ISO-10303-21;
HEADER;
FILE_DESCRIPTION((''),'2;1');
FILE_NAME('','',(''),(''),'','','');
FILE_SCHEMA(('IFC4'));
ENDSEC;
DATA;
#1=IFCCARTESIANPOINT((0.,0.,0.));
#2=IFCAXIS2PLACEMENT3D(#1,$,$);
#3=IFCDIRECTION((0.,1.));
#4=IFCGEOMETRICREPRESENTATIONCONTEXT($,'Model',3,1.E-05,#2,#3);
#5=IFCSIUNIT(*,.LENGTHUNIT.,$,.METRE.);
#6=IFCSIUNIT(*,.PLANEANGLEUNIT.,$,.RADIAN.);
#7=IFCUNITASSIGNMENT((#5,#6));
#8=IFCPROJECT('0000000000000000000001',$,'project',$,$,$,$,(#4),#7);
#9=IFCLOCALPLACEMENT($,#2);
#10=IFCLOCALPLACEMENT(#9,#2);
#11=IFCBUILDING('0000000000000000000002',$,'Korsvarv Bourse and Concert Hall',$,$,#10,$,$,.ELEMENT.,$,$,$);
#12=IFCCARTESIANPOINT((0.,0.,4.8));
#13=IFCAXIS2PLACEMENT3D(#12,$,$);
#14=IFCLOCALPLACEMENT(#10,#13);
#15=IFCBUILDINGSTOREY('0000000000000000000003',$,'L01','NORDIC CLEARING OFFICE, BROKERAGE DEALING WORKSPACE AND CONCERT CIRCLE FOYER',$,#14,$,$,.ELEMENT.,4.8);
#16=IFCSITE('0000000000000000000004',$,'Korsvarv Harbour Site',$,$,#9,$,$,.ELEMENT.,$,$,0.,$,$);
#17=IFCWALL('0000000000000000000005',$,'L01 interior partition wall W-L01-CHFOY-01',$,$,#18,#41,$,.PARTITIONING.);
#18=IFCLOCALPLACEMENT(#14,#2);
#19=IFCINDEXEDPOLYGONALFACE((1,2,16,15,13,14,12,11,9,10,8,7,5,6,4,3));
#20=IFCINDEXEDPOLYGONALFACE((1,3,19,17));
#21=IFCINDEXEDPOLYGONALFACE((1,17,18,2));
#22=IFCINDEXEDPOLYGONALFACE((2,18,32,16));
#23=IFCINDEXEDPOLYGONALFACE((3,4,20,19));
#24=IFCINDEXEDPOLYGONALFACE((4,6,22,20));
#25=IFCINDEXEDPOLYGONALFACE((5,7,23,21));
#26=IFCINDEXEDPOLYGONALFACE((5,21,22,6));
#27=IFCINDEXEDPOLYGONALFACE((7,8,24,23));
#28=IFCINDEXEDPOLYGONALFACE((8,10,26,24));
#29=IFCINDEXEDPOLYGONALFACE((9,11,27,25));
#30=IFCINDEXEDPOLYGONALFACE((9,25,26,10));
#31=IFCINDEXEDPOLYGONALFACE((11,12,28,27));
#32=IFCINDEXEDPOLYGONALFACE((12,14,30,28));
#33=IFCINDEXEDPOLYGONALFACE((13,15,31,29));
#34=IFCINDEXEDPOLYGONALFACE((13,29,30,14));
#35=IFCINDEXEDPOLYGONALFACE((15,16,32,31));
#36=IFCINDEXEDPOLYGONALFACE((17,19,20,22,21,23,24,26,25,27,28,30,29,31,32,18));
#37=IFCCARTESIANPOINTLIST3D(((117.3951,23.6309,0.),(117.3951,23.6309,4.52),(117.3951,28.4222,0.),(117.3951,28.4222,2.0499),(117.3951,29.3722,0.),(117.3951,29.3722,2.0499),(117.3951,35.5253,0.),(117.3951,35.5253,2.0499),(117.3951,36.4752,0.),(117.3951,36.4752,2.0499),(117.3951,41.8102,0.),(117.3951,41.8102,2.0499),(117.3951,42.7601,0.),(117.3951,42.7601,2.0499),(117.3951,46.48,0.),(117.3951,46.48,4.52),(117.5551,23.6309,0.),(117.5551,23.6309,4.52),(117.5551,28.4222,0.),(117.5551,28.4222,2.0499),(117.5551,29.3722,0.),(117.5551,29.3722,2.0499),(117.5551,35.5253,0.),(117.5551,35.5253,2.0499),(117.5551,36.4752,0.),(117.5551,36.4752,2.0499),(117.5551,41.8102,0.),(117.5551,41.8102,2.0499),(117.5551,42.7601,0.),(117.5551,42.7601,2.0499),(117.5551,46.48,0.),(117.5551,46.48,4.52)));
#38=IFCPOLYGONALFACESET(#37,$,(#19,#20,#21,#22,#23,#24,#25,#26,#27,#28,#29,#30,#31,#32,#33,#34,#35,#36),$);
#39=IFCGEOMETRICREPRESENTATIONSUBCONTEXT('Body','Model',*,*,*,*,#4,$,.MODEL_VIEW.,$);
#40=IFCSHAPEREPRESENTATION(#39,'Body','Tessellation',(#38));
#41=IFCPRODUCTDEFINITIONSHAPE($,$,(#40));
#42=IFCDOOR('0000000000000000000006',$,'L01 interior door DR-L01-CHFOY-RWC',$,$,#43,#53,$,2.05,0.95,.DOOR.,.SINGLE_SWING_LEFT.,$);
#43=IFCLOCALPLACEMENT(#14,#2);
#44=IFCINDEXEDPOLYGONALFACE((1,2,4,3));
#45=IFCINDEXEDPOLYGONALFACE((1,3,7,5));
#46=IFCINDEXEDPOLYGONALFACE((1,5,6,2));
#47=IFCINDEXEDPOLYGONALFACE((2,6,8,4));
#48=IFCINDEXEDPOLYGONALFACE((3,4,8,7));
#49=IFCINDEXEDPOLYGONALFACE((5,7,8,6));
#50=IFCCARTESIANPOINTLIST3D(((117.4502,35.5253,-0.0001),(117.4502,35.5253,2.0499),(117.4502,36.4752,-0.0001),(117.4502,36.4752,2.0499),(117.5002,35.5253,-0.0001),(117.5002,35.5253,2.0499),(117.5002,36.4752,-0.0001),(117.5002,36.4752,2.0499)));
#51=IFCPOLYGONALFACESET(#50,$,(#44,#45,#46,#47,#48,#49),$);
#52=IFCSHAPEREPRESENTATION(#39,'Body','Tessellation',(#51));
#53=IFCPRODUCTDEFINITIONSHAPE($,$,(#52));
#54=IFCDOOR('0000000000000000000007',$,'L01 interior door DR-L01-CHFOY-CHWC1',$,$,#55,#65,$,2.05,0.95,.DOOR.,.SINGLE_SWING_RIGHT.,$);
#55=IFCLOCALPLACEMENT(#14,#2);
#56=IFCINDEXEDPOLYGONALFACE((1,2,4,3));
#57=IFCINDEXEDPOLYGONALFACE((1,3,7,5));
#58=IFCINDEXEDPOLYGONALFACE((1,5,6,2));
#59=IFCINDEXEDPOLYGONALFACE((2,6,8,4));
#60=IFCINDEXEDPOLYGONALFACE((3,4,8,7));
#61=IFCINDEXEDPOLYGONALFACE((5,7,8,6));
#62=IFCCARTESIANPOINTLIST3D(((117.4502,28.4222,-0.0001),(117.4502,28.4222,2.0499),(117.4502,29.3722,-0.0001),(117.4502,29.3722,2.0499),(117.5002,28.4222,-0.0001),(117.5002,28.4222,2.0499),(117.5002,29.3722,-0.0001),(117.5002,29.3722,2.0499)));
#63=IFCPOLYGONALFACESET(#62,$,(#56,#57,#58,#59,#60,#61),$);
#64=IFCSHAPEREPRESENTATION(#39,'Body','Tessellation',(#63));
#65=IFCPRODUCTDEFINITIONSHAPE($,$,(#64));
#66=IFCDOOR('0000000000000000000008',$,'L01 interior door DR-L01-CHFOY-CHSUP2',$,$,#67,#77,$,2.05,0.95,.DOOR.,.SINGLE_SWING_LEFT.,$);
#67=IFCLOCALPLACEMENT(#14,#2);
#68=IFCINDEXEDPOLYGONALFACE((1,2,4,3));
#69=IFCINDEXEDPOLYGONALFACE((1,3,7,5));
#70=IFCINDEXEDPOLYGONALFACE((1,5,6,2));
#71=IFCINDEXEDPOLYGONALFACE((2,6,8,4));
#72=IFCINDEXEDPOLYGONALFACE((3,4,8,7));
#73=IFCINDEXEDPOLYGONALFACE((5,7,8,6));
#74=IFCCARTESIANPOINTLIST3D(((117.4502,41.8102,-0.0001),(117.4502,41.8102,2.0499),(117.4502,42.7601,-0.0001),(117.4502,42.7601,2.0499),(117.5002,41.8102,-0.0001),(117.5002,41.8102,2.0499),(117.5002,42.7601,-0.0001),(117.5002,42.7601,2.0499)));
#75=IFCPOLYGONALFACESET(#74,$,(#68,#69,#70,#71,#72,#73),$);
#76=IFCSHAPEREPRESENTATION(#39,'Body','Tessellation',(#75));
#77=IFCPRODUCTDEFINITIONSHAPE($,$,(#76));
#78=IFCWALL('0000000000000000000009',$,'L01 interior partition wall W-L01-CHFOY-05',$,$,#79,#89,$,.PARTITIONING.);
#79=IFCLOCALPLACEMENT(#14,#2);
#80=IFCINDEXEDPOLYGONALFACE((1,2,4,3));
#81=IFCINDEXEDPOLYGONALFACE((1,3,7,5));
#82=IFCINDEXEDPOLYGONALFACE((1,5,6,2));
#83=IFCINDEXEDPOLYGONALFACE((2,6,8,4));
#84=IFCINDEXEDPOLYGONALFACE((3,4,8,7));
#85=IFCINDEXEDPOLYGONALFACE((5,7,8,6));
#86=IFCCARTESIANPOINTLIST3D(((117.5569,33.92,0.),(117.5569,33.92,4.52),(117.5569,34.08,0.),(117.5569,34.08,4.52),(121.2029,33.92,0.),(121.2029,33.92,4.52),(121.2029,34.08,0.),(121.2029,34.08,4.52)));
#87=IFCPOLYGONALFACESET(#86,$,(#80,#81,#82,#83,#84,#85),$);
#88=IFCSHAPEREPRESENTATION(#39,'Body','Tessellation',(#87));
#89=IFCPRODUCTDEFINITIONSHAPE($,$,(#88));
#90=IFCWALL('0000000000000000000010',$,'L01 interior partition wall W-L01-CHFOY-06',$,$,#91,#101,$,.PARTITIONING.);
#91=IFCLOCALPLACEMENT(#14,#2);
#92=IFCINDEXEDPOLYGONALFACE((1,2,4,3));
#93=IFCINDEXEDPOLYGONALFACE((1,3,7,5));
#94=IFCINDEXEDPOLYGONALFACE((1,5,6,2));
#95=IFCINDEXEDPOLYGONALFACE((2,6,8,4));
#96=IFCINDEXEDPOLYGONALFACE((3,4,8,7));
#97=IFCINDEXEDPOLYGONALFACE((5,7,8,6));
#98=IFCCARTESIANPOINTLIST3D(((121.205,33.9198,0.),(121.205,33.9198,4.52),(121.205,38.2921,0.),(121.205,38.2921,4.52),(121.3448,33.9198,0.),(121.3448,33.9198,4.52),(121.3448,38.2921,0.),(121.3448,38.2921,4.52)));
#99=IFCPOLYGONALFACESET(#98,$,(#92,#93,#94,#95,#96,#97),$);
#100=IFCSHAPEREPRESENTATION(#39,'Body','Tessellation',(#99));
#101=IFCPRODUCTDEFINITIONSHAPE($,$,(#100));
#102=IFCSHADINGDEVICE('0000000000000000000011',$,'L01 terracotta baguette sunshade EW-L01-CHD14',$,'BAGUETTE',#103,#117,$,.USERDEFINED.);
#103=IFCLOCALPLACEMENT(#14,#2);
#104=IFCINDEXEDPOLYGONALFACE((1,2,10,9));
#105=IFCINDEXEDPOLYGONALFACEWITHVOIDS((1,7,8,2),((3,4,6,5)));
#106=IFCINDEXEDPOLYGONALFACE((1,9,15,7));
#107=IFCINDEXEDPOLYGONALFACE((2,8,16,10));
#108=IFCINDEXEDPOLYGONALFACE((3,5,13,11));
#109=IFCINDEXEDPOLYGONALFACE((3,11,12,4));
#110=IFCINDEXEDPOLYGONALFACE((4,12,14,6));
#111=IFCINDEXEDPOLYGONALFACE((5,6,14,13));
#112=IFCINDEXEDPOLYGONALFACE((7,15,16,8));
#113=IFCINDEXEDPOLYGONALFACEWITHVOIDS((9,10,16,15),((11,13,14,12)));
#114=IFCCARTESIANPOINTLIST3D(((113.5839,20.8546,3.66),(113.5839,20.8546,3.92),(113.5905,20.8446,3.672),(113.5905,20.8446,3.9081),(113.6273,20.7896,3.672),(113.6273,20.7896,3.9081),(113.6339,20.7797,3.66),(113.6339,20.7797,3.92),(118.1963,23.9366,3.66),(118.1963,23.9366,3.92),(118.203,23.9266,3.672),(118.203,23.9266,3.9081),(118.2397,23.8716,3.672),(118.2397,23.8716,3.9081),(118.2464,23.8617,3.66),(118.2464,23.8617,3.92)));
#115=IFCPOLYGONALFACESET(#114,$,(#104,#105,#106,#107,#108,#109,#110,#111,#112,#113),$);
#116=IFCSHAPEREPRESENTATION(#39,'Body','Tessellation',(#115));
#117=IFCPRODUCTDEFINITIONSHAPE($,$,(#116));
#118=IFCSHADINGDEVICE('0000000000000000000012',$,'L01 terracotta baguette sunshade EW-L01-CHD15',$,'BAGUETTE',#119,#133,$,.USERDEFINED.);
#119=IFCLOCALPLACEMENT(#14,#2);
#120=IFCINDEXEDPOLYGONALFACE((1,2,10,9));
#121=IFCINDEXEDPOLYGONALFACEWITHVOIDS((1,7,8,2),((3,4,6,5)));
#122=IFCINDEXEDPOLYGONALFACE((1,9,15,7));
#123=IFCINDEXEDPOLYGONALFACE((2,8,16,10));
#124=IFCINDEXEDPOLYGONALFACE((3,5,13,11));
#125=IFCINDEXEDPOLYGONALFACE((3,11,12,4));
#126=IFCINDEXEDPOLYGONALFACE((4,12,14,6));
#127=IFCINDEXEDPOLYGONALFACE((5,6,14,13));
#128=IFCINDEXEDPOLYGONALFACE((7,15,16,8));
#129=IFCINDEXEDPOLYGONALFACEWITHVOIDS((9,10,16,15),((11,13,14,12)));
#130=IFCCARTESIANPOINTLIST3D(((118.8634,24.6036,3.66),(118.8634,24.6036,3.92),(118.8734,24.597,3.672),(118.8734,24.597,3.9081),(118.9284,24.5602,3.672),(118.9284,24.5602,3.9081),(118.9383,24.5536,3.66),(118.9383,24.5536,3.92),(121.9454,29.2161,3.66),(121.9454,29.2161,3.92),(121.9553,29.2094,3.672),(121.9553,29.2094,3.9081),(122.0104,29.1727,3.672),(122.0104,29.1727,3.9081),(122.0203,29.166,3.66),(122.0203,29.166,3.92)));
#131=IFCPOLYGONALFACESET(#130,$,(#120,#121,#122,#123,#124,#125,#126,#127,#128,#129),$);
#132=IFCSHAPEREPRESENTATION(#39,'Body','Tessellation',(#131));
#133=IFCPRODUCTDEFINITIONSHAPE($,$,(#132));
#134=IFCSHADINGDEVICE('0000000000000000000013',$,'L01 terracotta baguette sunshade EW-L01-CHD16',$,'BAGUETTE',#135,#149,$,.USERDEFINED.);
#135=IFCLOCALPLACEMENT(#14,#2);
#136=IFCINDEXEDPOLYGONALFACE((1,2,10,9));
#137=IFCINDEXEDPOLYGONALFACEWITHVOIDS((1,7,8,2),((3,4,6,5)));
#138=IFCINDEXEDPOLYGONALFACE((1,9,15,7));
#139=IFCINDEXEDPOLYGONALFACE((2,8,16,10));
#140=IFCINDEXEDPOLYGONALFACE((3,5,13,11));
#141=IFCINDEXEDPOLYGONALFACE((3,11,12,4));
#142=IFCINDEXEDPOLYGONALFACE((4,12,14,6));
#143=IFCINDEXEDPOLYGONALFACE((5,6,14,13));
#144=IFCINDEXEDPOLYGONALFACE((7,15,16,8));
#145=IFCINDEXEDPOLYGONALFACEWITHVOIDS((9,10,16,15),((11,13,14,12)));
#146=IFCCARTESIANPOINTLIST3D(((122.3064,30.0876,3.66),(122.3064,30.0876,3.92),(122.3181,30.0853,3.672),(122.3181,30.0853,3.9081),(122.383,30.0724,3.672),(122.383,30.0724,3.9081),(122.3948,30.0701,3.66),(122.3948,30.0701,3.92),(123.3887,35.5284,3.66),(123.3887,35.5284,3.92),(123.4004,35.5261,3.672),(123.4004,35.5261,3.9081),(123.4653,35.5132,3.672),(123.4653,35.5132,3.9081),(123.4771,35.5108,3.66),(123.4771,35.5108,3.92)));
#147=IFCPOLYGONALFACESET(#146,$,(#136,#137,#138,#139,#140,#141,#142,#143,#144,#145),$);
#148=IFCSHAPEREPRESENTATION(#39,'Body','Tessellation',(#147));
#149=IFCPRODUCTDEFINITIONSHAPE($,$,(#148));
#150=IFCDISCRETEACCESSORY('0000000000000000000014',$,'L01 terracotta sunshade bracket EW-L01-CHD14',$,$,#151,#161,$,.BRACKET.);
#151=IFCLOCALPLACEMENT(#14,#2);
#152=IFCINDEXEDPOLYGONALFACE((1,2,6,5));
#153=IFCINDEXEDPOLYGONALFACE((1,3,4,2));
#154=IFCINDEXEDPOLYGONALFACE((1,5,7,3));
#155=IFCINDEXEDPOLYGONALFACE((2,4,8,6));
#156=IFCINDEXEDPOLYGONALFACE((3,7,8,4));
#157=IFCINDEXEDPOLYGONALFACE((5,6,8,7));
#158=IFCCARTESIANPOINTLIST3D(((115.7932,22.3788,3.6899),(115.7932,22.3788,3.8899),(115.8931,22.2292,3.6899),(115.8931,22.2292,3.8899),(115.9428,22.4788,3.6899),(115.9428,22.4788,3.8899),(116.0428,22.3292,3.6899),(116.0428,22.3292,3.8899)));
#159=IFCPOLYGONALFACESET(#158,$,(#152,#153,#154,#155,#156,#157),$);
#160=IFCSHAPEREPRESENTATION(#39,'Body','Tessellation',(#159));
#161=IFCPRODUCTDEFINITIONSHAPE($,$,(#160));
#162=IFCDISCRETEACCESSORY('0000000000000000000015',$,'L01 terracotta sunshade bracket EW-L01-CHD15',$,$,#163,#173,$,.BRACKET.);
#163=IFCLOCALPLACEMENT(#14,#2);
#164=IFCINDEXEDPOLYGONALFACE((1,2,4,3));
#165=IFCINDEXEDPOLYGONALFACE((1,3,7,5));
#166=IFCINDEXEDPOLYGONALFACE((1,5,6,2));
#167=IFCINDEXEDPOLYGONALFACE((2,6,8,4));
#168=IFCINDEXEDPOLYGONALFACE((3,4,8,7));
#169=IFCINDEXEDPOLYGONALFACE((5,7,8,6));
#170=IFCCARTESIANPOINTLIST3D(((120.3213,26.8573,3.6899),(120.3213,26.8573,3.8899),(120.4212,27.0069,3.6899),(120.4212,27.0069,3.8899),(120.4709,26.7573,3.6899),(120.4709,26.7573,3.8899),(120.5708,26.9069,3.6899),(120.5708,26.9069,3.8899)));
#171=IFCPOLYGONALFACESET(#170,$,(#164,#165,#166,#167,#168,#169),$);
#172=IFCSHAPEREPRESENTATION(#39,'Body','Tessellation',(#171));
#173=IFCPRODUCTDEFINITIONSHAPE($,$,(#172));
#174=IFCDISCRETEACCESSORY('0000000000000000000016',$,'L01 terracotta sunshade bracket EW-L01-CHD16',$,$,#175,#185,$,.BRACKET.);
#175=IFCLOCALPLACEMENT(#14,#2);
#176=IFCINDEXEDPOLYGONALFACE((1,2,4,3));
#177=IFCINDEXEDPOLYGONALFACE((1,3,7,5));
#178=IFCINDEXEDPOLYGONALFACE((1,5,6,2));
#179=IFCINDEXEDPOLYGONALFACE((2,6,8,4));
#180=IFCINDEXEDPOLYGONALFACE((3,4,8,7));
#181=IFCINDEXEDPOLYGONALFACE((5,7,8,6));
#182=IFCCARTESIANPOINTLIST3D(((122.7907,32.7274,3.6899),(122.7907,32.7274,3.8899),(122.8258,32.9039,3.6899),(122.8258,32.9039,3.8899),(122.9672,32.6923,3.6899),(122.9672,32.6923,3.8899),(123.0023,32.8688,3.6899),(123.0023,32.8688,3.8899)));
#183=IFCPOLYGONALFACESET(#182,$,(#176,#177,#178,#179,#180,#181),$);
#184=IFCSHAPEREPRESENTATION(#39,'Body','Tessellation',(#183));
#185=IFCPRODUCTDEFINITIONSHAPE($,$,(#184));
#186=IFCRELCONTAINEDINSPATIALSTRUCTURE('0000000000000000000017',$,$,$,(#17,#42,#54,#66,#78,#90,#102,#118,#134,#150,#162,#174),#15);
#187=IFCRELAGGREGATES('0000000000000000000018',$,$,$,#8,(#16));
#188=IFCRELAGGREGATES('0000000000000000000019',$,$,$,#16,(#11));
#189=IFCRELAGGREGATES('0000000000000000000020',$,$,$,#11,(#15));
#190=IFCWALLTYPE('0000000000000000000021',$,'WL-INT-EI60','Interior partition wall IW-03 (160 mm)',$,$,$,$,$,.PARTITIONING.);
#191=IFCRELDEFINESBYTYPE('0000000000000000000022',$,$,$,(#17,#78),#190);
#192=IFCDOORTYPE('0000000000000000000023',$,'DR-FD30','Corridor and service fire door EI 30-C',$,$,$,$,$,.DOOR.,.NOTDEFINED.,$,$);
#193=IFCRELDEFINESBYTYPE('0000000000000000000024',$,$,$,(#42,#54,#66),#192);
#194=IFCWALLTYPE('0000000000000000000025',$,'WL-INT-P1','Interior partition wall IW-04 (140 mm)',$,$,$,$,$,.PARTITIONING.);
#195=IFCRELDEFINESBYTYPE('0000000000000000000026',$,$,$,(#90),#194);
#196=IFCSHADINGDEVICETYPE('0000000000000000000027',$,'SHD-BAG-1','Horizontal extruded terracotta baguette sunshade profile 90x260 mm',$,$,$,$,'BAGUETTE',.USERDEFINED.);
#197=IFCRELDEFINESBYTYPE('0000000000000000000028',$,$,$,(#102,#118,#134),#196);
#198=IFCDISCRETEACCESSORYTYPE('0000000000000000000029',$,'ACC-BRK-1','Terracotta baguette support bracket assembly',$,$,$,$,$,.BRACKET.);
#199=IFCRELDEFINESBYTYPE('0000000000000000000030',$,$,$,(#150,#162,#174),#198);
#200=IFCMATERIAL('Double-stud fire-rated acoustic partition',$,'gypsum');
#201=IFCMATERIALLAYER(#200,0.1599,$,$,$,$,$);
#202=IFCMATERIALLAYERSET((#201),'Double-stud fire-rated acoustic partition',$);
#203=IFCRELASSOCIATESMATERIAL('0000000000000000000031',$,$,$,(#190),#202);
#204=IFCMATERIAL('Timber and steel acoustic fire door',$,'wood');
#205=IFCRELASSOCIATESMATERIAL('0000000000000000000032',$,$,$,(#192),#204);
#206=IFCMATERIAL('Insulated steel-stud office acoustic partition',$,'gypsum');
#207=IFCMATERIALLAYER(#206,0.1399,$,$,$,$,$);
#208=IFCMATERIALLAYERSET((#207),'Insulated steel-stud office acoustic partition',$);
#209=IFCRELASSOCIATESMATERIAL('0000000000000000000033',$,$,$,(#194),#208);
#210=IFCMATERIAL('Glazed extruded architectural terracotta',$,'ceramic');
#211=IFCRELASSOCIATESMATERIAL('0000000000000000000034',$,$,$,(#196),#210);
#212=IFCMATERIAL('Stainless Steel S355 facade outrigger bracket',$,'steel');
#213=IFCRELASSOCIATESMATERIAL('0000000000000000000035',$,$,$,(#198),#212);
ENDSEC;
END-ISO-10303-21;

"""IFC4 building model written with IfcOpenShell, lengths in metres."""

from ifc_helpers import new_model, si_unit, direction, frame, frame_2d, origin, origin_2d, place, context, subcontext, project, spatial, rectangle, hollow_rectangle, extrude, source, transform, mapped, material, layer, layer_set, material_profile, profile_set, type_object, element, fill, save


model = new_model("IFC4")

# Units and contexts
model_context = context("Model", 3, precision=1e-05, world=origin(), true_north=direction((0.0, 1.0)))
body_context = subcontext(model_context, "Body", "Model", "MODEL_VIEW")
ifc_project = project(units=[si_unit("LENGTHUNIT", "METRE"), si_unit("PLANEANGLEUNIT", "RADIAN")], contexts=[model_context])

# Site, building, storey
site_placement = place(None, origin())
site = spatial("IfcSite", under=ifc_project, at=site_placement, Name="Korsvarv Harbour Site", CompositionType="ELEMENT", RefElevation=0.0)
building_placement = place(site_placement, origin())
building = spatial("IfcBuilding", under=site, at=building_placement, Name="Korsvarv Bourse and Concert Hall", CompositionType="ELEMENT")
storey_placement = place(building_placement, frame((0.0, 0.0, 4.8)))
storey = spatial("IfcBuildingStorey", under=building, at=storey_placement, Name="L01", Description="NORDIC CLEARING OFFICE, BROKERAGE DEALING WORKSPACE AND CONCERT CIRCLE FOYER", CompositionType="ELEMENT", Elevation=4.8)

# Wall, openings, doors
ifc_material_1 = material(Name="Double-stud fire-rated acoustic partition", Category="gypsum")
ifc_layer_1 = layer(ifc_material_1, 0.1599)
ifc_layer_set_1 = layer_set([ifc_layer_1], Name="Double-stud fire-rated acoustic partition")
wall_type_1 = type_object("IfcWallType", Name="WL-INT-EI60", Description="Interior partition wall IW-03 (160 mm)", PredefinedType="PARTITIONING", material=ifc_layer_set_1)
wall_1_placement = place(storey_placement, frame((117.4751, 23.6309, 0.0), z_axis=(0.0, 0.0, 1.0), x_axis=(0.0, 1.0, 0.0)))
wall_1 = element("IfcWall", 1, at=wall_1_placement, inside=storey, type_object=wall_type_1, Name="L01 interior partition wall W-L01-CHFOY-01", PredefinedType="PARTITIONING", context=body_context, shape_type="SweptSolid", body=[
    extrude(rectangle(XDim=22.8491, YDim=0.1599, at=frame_2d((11.4246, 0.0))), origin(), (0.0, 0.0, 1.0), 4.52),
])
opening_1_placement = place(wall_1_placement, frame((11.8943, 0.0, 0.0)))
opening_1 = element("IfcOpeningElement", 2, at=opening_1_placement, cuts=wall_1, PredefinedType="OPENING", context=body_context, shape_type="SweptSolid", body=[
    extrude(rectangle(XDim=0.95, YDim=2.05, at=frame_2d((0.4751, 1.0249))), frame((0.0, 0.0898, 0.0), z_axis=(0.0, -1.0, 0.0), x_axis=(1.0, 0.0, 0.0)), (0.0, 0.0, 1.0), 0.1799),
])
opening_2_placement = place(wall_1_placement, frame((4.7913, 0.0, 0.0)))
opening_2 = element("IfcOpeningElement", 3, at=opening_2_placement, cuts=wall_1, PredefinedType="OPENING", context=body_context, shape_type="SweptSolid", body=[
    extrude(rectangle(XDim=0.95, YDim=2.05, at=frame_2d((0.4751, 1.0249))), frame((0.0, 0.0898, 0.0), z_axis=(0.0, -1.0, 0.0), x_axis=(1.0, 0.0, 0.0)), (0.0, 0.0, 1.0), 0.1799),
])
opening_3_placement = place(wall_1_placement, frame((18.1792, 0.0, 0.0)))
opening_3 = element("IfcOpeningElement", 4, at=opening_3_placement, cuts=wall_1, PredefinedType="OPENING", context=body_context, shape_type="SweptSolid", body=[
    extrude(rectangle(XDim=0.95, YDim=2.05, at=frame_2d((0.4751, 1.0249))), frame((0.0, 0.0898, 0.0), z_axis=(0.0, -1.0, 0.0), x_axis=(1.0, 0.0, 0.0)), (0.0, 0.0, 1.0), 0.1799),
])
ifc_material_2 = material(Name="Timber and steel acoustic fire door", Category="wood")
door_type = type_object("IfcDoorType", Name="DR-FD30", Description="Corridor and service fire door EI 30-C", OperationType="NOTDEFINED", PredefinedType="DOOR", material=ifc_material_2)
door_1_placement = place(opening_1_placement, origin())
door_1 = element("IfcDoor", 5, at=door_1_placement, inside=storey, type_object=door_type, Name="L01 interior door DR-L01-CHFOY-RWC", OperationType="SINGLE_SWING_LEFT", OverallHeight=2.05, OverallWidth=0.95, PredefinedType="DOOR", context=body_context, shape_type="SweptSolid", body=[
    extrude(rectangle(XDim=0.95, YDim=2.05, at=frame_2d((0.4751, 1.0249))), frame((0.0, 0.0249, 0.0), z_axis=(0.0, -1.0, 0.0), x_axis=(1.0, 0.0, 0.0)), (0.0, 0.0, 1.0), 0.05),
])
fill(opening_1, door_1)
door_2_placement = place(opening_2_placement, origin())
door_2 = element("IfcDoor", 6, at=door_2_placement, inside=storey, type_object=door_type, Name="L01 interior door DR-L01-CHFOY-CHWC1", OperationType="SINGLE_SWING_RIGHT", OverallHeight=2.05, OverallWidth=0.95, PredefinedType="DOOR", context=body_context, shape_type="SweptSolid", body=[
    extrude(rectangle(XDim=0.95, YDim=2.05, at=frame_2d((0.4751, 1.0249))), frame((0.0, 0.0249, 0.0), z_axis=(0.0, -1.0, 0.0), x_axis=(1.0, 0.0, 0.0)), (0.0, 0.0, 1.0), 0.05),
])
fill(opening_2, door_2)
door_3_placement = place(opening_3_placement, origin())
door_3 = element("IfcDoor", 7, at=door_3_placement, inside=storey, type_object=door_type, Name="L01 interior door DR-L01-CHFOY-CHSUP2", OperationType="SINGLE_SWING_LEFT", OverallHeight=2.05, OverallWidth=0.95, PredefinedType="DOOR", context=body_context, shape_type="SweptSolid", body=[
    extrude(rectangle(XDim=0.95, YDim=2.05, at=frame_2d((0.4751, 1.0249))), frame((0.0, 0.0249, 0.0), z_axis=(0.0, -1.0, 0.0), x_axis=(1.0, 0.0, 0.0)), (0.0, 0.0, 1.0), 0.05),
])
fill(opening_3, door_3)

# Walls
wall_2_placement = place(storey_placement, frame((117.5569, 34.0, 0.0), z_axis=(0.0, 0.0, 1.0), x_axis=(1.0, 0.0, 0.0)))
element("IfcWall", 8, at=wall_2_placement, inside=storey, type_object=wall_type_1, Name="L01 interior partition wall W-L01-CHFOY-05", PredefinedType="PARTITIONING", context=body_context, shape_type="SweptSolid", body=[
    extrude(rectangle(XDim=3.646, YDim=0.1599, at=frame_2d((1.823, 0.0))), origin(), (0.0, 0.0, 1.0), 4.52),
])
ifc_material_3 = material(Name="Insulated steel-stud office acoustic partition", Category="gypsum")
ifc_layer_2 = layer(ifc_material_3, 0.1399)
ifc_layer_set_2 = layer_set([ifc_layer_2], Name="Insulated steel-stud office acoustic partition")
wall_type_2 = type_object("IfcWallType", Name="WL-INT-P1", Description="Interior partition wall IW-04 (140 mm)", PredefinedType="PARTITIONING", material=ifc_layer_set_2)
wall_3_placement = place(storey_placement, frame((121.2749, 33.9199, 0.0), z_axis=(0.0, 0.0, 1.0), x_axis=(0.0, 1.0, 0.0)))
element("IfcWall", 9, at=wall_3_placement, inside=storey, type_object=wall_type_2, Name="L01 interior partition wall W-L01-CHFOY-06", PredefinedType="PARTITIONING", context=body_context, shape_type="SweptSolid", body=[
    extrude(rectangle(XDim=4.3723, YDim=0.1399, at=frame_2d((2.186, 0.0))), origin(), (0.0, 0.0, 1.0), 4.52),
])

# Shading devices
ifc_material_4 = material(Name="Glazed extruded architectural terracotta", Category="ceramic")
ifc_material_profile_1 = material_profile(ifc_material_4, hollow_rectangle(XDim=0.0901, YDim=0.26, WallThickness=0.012, at=origin_2d()), Name="TC-BAG 90x260")
ifc_profile_set_1 = profile_set([ifc_material_profile_1], Name="Glazed extruded architectural terracotta")
shading_device_type = type_object("IfcShadingDeviceType", Name="SHD-BAG-1", Description="Horizontal extruded terracotta baguette sunshade profile 90x260 mm", ElementType="BAGUETTE", PredefinedType="USERDEFINED", material=ifc_profile_set_1)
shared_shape_1 = source(origin(), body_context, "Body", "SweptSolid", [
    extrude(hollow_rectangle(XDim=0.0901, YDim=0.26, WallThickness=0.012, at=origin_2d()), origin(), (0.0, 0.0, 1.0), 5.5474),
])
for number, where, z_axis, x_axis, name in (
    (10, (113.6089, 20.8171, 3.79), (0.831468, 0.555573, 0.0), (-0.555573, 0.831468, 0.0), "L01 terracotta baguette sunshade EW-L01-CHD14"),
    (11, (118.9009, 24.5786, 3.79), (0.555573, 0.831468, 0.0), (-0.831468, 0.555573, 0.0), "L01 terracotta baguette sunshade EW-L01-CHD15"),
    (12, (122.3506, 30.0789, 3.79), (0.1951, 0.980783, 0.0), (-0.980783, 0.1951, 0.0), "L01 terracotta baguette sunshade EW-L01-CHD16"),
):
    element("IfcShadingDevice", number, at=place(storey_placement, frame(where, z_axis=z_axis, x_axis=x_axis)), inside=storey, type_object=shading_device_type, Name=name, ObjectType="BAGUETTE", PredefinedType="USERDEFINED", context=body_context, shape_type="MappedRepresentation", body=[
        mapped(shared_shape_1, transform((0.0, 0.0, 0.0), scale=1.0)),
    ])

# Discrete accessories
ifc_material_5 = material(Name="Stainless Steel S355 facade outrigger bracket", Category="steel")
discrete_accessory_type = type_object("IfcDiscreteAccessoryType", Name="ACC-BRK-1", Description="Terracotta baguette support bracket assembly", PredefinedType="BRACKET", material=ifc_material_5)
shared_shape_2 = source(origin(), body_context, "Body", "SweptSolid", [
    extrude(rectangle(XDim=0.1799, YDim=0.1799, at=origin_2d()), origin(), (0.0, 0.0, 1.0), 0.2),
])
for number, where, z_axis, x_axis, name in (
    (13, (115.918, 22.354, 3.6899), (0.0, 0.0, 1.0), (0.83147, 0.55557, 0.0), "L01 terracotta sunshade bracket EW-L01-CHD14"),
    (14, (120.446, 26.8821, 3.6899), (0.0, 0.0, 1.0), (0.55557, 0.83147, 0.0), "L01 terracotta sunshade bracket EW-L01-CHD15"),
    (15, (122.8965, 32.7981, 3.6899), (0.0, 0.0, 1.0), (0.19509, 0.980785, 0.0), "L01 terracotta sunshade bracket EW-L01-CHD16"),
):
    element("IfcDiscreteAccessory", number, at=place(storey_placement, frame(where, z_axis=z_axis, x_axis=x_axis)), inside=storey, type_object=discrete_accessory_type, Name=name, PredefinedType="BRACKET", context=body_context, shape_type="MappedRepresentation", body=[
        mapped(shared_shape_2, transform((0.0, 0.0, 0.0), scale=1.0)),
    ])

save(model, "model.ifc")
